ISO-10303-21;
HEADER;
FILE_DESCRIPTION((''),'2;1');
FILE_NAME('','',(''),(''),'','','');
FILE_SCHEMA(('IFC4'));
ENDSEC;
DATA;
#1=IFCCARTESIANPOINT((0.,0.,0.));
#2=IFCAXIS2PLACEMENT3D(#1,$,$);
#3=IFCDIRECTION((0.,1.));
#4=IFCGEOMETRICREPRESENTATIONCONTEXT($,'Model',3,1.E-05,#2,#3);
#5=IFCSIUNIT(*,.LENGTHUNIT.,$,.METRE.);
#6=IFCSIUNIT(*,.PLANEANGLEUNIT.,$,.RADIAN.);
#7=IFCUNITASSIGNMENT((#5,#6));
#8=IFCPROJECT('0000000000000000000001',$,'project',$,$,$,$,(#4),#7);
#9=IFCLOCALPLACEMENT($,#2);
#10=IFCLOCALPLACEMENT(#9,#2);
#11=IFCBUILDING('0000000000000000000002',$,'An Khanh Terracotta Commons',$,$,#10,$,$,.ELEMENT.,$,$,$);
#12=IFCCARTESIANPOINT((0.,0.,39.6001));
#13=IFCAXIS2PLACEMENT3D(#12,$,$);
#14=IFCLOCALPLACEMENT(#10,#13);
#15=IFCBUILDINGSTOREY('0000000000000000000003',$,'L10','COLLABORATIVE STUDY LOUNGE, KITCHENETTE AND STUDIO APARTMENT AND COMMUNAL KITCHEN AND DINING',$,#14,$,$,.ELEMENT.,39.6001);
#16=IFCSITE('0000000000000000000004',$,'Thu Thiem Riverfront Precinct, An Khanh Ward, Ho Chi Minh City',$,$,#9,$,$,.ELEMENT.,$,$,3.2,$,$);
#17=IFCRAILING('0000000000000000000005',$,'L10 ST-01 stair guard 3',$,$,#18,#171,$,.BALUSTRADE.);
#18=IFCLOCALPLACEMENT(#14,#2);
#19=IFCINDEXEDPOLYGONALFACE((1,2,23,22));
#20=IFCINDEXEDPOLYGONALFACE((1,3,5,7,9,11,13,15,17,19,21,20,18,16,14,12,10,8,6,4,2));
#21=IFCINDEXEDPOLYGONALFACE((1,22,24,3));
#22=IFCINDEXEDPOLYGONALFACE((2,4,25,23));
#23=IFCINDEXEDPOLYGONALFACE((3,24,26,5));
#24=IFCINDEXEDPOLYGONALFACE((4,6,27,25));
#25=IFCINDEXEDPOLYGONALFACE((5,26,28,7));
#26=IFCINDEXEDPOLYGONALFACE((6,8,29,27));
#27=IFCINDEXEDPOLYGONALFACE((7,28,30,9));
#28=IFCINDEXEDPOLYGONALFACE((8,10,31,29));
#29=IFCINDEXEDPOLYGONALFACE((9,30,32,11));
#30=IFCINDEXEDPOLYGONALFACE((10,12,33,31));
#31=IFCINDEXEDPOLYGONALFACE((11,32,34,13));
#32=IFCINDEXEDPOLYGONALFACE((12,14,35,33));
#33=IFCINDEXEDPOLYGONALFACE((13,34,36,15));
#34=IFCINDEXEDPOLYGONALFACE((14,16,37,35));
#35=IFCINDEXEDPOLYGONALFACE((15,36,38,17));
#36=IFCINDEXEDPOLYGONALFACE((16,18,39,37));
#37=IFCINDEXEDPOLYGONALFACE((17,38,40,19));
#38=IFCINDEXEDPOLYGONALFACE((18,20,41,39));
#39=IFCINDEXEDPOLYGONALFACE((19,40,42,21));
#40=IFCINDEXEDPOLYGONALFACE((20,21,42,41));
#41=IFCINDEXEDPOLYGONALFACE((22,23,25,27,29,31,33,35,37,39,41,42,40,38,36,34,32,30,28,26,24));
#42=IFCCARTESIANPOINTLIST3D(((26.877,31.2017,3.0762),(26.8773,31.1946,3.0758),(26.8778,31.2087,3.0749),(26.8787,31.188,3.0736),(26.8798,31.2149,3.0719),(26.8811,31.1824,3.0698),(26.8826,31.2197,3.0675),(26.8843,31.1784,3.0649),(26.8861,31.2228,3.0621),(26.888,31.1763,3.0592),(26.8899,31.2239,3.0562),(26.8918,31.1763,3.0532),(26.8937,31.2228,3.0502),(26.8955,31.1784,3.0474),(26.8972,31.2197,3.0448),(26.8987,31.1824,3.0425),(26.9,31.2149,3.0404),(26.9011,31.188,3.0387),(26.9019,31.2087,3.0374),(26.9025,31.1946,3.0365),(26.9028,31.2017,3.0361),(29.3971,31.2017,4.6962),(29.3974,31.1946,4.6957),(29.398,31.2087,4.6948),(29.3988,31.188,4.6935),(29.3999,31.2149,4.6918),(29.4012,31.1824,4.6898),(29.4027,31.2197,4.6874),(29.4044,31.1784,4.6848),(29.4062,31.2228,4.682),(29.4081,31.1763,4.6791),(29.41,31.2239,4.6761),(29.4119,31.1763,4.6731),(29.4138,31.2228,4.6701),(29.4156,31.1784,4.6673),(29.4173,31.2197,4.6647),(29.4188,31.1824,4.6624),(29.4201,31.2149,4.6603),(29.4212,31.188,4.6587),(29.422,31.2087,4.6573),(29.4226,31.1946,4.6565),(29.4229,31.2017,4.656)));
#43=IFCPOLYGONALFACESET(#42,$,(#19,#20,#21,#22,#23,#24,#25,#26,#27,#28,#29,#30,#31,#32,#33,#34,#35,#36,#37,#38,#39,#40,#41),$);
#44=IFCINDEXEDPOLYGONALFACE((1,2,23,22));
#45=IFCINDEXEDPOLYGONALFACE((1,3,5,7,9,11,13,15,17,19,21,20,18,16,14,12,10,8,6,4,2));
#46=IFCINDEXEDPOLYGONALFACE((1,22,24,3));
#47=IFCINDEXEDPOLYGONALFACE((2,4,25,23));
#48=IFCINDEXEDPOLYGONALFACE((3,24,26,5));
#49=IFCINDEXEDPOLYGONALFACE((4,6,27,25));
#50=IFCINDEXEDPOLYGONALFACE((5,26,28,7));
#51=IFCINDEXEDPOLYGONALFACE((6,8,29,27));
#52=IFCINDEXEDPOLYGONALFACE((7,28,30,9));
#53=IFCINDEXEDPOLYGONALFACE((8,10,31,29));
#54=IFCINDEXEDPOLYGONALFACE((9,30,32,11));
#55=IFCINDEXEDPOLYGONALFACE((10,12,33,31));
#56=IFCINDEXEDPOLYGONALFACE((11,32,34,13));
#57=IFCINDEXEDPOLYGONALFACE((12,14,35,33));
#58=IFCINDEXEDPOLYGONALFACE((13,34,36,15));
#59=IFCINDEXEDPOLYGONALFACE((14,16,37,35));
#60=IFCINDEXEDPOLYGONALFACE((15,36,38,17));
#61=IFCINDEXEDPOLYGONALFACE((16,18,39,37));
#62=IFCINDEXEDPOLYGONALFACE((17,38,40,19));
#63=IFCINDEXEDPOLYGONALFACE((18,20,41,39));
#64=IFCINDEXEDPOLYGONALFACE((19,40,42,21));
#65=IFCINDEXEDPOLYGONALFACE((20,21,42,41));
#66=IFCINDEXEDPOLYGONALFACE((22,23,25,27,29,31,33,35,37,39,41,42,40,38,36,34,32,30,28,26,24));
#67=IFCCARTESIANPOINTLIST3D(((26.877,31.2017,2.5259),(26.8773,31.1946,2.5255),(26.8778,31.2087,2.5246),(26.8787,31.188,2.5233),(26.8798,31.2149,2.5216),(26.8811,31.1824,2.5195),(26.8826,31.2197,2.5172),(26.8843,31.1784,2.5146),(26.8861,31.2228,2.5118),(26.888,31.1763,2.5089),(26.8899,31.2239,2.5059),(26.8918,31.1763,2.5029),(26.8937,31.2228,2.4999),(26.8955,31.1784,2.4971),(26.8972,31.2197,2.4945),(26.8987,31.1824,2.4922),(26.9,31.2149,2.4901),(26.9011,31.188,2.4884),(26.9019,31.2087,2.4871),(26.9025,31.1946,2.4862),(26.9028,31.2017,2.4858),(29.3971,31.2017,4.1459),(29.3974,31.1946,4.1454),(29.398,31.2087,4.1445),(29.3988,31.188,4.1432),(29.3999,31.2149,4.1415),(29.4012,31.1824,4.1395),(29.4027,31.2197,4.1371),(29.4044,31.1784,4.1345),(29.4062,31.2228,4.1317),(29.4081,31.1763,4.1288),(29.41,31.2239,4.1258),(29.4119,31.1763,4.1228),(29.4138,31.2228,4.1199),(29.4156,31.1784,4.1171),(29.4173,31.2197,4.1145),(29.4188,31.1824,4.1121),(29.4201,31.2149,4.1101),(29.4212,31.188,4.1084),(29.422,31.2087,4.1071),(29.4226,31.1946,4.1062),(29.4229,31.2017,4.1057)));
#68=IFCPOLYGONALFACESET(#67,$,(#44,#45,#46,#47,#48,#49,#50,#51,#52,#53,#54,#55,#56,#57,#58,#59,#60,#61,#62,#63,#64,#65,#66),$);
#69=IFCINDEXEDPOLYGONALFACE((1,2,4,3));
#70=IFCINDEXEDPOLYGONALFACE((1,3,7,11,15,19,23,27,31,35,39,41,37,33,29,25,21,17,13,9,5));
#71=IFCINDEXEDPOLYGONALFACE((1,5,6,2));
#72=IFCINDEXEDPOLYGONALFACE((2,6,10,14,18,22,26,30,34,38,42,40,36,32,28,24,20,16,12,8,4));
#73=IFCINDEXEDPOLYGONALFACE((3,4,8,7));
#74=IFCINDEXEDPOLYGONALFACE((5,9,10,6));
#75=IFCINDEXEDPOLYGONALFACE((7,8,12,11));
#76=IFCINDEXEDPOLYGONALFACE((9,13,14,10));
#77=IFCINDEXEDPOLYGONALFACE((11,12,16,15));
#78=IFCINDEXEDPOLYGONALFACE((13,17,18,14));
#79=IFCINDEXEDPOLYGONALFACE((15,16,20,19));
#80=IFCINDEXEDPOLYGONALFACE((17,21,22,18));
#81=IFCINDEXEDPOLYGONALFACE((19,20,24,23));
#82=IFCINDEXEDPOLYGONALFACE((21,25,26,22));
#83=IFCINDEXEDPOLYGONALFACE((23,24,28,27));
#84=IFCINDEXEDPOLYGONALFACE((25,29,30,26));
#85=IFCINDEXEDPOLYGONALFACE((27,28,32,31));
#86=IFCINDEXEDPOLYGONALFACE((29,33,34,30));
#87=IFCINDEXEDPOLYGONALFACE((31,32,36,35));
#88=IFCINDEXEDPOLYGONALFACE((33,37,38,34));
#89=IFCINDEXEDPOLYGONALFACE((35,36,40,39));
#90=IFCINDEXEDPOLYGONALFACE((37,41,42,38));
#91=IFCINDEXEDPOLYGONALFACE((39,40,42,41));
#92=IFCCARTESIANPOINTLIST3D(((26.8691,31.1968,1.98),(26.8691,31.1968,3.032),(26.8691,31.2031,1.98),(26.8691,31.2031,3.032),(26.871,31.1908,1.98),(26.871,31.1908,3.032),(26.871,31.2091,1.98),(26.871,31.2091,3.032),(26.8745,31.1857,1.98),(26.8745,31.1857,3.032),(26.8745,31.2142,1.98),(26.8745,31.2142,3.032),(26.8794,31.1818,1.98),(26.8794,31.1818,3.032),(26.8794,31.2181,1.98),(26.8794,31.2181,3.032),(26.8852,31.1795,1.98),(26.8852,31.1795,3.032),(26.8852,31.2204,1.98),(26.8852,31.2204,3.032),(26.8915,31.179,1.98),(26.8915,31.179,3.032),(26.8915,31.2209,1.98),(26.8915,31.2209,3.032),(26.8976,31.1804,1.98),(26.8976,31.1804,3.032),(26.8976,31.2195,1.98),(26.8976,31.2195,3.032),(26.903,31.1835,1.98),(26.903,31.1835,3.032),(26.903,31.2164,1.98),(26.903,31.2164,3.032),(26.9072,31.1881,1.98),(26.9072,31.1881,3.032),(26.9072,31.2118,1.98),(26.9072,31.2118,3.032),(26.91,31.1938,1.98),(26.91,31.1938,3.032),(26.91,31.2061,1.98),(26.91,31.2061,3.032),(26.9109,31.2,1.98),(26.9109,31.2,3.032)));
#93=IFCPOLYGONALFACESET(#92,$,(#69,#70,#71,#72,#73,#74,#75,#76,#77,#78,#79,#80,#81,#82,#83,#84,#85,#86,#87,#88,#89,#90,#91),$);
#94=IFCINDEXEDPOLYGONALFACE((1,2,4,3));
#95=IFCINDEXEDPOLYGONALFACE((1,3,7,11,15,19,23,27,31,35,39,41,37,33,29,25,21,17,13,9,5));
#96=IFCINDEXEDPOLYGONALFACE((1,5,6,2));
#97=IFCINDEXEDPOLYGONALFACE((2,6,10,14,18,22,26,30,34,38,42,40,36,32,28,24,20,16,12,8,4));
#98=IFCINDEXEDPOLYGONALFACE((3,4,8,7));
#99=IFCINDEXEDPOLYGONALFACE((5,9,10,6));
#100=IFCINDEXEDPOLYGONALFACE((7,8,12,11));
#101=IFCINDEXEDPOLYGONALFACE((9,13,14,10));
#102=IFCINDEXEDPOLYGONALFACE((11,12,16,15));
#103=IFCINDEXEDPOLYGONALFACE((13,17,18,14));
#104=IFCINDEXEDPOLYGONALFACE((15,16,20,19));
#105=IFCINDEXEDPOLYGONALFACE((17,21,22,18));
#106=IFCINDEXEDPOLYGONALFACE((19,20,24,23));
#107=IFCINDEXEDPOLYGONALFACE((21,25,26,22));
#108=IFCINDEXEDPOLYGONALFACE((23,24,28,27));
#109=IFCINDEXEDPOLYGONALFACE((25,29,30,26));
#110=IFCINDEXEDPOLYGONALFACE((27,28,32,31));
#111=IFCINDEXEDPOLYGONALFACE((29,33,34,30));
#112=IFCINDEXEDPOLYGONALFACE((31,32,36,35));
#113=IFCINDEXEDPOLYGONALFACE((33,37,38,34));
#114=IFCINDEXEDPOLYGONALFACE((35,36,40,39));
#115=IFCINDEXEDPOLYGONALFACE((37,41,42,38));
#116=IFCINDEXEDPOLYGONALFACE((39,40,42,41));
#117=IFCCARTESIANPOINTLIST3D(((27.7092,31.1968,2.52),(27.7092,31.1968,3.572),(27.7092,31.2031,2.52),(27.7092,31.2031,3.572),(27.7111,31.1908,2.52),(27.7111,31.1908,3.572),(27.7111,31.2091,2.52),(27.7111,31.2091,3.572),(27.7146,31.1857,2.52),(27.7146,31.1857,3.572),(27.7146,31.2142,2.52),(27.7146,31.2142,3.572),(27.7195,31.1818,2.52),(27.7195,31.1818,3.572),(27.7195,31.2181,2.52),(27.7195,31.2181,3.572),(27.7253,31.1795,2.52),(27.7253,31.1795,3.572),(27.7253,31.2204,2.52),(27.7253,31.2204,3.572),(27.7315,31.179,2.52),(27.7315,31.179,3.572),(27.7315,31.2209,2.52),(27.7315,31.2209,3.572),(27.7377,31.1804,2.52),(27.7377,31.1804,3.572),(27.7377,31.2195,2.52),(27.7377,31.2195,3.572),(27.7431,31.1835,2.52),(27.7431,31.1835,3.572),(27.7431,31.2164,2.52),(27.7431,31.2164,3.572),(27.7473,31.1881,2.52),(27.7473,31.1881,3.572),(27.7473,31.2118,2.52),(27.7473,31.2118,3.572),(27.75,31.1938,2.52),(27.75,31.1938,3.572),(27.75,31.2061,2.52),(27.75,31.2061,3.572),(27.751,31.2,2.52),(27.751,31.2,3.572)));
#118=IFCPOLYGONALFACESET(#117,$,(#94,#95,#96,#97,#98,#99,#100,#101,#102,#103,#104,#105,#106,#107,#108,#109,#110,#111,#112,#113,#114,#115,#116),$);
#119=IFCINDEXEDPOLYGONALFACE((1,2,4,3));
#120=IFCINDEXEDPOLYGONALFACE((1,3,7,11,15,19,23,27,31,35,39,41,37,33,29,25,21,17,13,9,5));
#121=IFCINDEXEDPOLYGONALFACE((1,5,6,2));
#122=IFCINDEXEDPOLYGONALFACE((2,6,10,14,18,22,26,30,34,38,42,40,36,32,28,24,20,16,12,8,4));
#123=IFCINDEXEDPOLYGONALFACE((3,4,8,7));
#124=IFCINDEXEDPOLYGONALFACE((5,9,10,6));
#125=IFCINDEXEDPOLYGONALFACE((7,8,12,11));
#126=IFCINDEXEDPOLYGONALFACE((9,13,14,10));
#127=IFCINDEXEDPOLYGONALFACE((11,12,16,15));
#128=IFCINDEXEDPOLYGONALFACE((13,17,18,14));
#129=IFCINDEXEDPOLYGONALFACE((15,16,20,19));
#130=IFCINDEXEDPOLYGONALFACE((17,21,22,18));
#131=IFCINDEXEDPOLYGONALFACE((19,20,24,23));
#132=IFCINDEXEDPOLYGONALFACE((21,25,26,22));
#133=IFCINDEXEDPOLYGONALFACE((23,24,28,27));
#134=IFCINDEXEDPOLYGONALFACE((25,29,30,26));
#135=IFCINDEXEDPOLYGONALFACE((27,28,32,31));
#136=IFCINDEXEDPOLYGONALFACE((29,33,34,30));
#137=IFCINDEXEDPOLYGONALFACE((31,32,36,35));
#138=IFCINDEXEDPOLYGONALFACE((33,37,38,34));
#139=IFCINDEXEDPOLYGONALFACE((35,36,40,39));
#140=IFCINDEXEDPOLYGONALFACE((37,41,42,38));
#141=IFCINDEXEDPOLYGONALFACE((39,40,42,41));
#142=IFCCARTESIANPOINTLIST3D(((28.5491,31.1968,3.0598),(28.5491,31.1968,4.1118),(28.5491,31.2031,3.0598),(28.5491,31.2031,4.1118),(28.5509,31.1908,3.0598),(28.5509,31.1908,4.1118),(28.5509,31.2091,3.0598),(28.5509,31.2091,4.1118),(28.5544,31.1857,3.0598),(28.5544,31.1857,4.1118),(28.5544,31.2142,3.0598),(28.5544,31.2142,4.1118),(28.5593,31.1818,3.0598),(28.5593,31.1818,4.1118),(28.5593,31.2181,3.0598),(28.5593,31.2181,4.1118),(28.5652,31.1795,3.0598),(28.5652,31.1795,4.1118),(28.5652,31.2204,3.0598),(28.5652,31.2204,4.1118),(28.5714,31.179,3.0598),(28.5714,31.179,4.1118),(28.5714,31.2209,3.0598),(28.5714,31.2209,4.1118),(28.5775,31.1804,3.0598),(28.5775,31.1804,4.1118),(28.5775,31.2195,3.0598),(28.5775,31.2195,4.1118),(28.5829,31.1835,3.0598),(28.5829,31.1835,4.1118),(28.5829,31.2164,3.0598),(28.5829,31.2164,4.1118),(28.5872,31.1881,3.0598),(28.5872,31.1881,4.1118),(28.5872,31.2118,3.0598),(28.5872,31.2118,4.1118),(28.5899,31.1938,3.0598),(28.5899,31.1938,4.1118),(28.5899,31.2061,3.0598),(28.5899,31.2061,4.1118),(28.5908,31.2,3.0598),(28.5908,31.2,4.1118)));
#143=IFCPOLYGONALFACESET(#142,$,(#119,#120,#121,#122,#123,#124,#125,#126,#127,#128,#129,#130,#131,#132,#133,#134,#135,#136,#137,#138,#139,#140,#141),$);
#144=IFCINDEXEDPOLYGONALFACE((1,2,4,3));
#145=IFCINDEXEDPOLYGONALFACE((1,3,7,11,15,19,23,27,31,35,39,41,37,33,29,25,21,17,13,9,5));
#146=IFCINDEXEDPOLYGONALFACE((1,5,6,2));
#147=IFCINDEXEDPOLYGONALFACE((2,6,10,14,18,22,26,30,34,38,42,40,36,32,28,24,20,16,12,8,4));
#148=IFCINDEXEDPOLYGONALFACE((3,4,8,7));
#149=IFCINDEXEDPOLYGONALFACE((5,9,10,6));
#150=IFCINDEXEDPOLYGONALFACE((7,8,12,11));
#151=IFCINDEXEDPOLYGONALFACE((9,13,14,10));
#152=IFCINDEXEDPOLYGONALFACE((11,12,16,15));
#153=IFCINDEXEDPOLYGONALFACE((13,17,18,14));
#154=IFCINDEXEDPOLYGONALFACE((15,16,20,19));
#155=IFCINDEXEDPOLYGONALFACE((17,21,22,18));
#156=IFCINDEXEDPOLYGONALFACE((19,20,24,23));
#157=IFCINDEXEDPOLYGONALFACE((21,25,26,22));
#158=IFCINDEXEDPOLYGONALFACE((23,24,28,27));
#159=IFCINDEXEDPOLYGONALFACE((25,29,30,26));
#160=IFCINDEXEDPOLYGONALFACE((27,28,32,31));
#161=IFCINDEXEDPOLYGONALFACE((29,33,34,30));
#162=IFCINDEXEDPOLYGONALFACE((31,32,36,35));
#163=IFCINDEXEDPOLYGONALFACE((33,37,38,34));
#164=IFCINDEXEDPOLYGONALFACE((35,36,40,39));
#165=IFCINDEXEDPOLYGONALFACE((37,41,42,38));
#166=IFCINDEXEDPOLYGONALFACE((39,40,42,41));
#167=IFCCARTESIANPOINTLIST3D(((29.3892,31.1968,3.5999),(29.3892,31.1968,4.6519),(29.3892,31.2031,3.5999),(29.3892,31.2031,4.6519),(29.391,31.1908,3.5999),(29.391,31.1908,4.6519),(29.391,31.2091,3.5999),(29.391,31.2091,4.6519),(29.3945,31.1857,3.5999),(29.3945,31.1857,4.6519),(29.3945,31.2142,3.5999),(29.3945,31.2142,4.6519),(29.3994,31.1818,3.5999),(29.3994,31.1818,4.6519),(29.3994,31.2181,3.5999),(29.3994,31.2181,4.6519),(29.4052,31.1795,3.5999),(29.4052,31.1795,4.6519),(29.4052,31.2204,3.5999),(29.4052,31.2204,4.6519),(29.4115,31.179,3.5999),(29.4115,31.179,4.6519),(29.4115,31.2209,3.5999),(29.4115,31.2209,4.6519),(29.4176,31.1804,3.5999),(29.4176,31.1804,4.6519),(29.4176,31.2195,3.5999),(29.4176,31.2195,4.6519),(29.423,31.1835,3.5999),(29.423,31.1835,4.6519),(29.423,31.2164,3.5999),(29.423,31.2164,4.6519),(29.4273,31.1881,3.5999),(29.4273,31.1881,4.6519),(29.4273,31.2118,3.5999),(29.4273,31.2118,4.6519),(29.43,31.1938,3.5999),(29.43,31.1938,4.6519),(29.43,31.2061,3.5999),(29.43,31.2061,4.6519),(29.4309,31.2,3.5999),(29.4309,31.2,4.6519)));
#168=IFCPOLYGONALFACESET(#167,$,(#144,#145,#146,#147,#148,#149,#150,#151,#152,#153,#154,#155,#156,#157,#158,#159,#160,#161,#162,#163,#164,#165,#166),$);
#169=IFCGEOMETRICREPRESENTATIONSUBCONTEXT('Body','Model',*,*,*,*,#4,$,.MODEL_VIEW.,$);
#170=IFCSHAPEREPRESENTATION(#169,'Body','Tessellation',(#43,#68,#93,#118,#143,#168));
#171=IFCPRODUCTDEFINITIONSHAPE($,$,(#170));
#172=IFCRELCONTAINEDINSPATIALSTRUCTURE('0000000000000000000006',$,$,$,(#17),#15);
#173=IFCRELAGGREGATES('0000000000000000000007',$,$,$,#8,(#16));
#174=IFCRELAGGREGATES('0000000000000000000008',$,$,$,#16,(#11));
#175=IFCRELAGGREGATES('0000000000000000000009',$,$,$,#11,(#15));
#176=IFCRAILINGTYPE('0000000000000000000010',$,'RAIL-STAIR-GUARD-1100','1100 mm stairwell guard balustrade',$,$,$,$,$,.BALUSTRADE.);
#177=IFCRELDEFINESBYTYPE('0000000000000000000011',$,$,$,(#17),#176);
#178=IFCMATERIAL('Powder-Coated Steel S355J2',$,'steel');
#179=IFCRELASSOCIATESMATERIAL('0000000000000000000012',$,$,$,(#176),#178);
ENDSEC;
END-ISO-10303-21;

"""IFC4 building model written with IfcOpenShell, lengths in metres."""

from ifc_helpers import new_model, si_unit, direction, frame, origin, origin_2d, place, context, subcontext, project, spatial, circle, extrude, material, type_object, element, save


model = new_model("IFC4")

# Units and contexts
model_context = context("Model", 3, precision=1e-05, world=origin(), true_north=direction((0.0, 1.0)))
body_context = subcontext(model_context, "Body", "Model", "MODEL_VIEW")
ifc_project = project(units=[si_unit("LENGTHUNIT", "METRE"), si_unit("PLANEANGLEUNIT", "RADIAN")], contexts=[model_context])

# Site, building, storey
site_placement = place(None, origin())
site = spatial("IfcSite", under=ifc_project, at=site_placement, Name="Thu Thiem Riverfront Precinct, An Khanh Ward, Ho Chi Minh City", CompositionType="ELEMENT", RefElevation=3.2)
building_placement = place(site_placement, origin())
building = spatial("IfcBuilding", under=site, at=building_placement, Name="An Khanh Terracotta Commons", CompositionType="ELEMENT")
storey_placement = place(building_placement, frame((0.0, 0.0, 39.6001)))
storey = spatial("IfcBuildingStorey", under=building, at=storey_placement, Name="L10", Description="COLLABORATIVE STUDY LOUNGE, KITCHENETTE AND STUDIO APARTMENT AND COMMUNAL KITCHEN AND DINING", CompositionType="ELEMENT", Elevation=39.6001)

# Railing
ifc_material_1 = material(Name="Powder-Coated Steel S355J2", Category="steel")
railing_type_1 = type_object("IfcRailingType", Name="RAIL-STAIR-GUARD-1100", Description="1100 mm stairwell guard balustrade", PredefinedType="BALUSTRADE", material=ifc_material_1)
railing_1_placement = place(storey_placement, frame((26.8899, 31.2, 1.98)))
element("IfcRailing", 1, at=railing_1_placement, inside=storey, type_object=railing_type_1, Name="L10 ST-01 stair guard 3", PredefinedType="BALUSTRADE", context=body_context, shape_type="SweptSolid", body=[
    extrude(circle(Radius=0.0239, at=origin_2d()), frame((0.0, 0.0, 1.0762), z_axis=(0.8412, 0.0, 0.540725), x_axis=(0.0, 1.0, 0.0)), (0.0, 0.0, 1.0), 2.9958),
    extrude(circle(Radius=0.0239, at=origin_2d()), frame((0.0, 0.0, 0.5259), z_axis=(0.8412, 0.0, 0.540725), x_axis=(0.0, 1.0, 0.0)), (0.0, 0.0, 1.0), 2.9958),
    extrude(circle(Radius=0.021, at=origin_2d()), origin(), (0.0, 0.0, 1.0), 1.052),
    extrude(circle(Radius=0.021, at=origin_2d()), frame((0.8401, 0.0, 0.54)), (0.0, 0.0, 1.0), 1.052),
    extrude(circle(Radius=0.021, at=origin_2d()), frame((1.6799, 0.0, 1.0798)), (0.0, 0.0, 1.0), 1.052),
    extrude(circle(Radius=0.021, at=origin_2d()), frame((2.52, 0.0, 1.6199)), (0.0, 0.0, 1.0), 1.052),
])

save(model, "model.ifc")
